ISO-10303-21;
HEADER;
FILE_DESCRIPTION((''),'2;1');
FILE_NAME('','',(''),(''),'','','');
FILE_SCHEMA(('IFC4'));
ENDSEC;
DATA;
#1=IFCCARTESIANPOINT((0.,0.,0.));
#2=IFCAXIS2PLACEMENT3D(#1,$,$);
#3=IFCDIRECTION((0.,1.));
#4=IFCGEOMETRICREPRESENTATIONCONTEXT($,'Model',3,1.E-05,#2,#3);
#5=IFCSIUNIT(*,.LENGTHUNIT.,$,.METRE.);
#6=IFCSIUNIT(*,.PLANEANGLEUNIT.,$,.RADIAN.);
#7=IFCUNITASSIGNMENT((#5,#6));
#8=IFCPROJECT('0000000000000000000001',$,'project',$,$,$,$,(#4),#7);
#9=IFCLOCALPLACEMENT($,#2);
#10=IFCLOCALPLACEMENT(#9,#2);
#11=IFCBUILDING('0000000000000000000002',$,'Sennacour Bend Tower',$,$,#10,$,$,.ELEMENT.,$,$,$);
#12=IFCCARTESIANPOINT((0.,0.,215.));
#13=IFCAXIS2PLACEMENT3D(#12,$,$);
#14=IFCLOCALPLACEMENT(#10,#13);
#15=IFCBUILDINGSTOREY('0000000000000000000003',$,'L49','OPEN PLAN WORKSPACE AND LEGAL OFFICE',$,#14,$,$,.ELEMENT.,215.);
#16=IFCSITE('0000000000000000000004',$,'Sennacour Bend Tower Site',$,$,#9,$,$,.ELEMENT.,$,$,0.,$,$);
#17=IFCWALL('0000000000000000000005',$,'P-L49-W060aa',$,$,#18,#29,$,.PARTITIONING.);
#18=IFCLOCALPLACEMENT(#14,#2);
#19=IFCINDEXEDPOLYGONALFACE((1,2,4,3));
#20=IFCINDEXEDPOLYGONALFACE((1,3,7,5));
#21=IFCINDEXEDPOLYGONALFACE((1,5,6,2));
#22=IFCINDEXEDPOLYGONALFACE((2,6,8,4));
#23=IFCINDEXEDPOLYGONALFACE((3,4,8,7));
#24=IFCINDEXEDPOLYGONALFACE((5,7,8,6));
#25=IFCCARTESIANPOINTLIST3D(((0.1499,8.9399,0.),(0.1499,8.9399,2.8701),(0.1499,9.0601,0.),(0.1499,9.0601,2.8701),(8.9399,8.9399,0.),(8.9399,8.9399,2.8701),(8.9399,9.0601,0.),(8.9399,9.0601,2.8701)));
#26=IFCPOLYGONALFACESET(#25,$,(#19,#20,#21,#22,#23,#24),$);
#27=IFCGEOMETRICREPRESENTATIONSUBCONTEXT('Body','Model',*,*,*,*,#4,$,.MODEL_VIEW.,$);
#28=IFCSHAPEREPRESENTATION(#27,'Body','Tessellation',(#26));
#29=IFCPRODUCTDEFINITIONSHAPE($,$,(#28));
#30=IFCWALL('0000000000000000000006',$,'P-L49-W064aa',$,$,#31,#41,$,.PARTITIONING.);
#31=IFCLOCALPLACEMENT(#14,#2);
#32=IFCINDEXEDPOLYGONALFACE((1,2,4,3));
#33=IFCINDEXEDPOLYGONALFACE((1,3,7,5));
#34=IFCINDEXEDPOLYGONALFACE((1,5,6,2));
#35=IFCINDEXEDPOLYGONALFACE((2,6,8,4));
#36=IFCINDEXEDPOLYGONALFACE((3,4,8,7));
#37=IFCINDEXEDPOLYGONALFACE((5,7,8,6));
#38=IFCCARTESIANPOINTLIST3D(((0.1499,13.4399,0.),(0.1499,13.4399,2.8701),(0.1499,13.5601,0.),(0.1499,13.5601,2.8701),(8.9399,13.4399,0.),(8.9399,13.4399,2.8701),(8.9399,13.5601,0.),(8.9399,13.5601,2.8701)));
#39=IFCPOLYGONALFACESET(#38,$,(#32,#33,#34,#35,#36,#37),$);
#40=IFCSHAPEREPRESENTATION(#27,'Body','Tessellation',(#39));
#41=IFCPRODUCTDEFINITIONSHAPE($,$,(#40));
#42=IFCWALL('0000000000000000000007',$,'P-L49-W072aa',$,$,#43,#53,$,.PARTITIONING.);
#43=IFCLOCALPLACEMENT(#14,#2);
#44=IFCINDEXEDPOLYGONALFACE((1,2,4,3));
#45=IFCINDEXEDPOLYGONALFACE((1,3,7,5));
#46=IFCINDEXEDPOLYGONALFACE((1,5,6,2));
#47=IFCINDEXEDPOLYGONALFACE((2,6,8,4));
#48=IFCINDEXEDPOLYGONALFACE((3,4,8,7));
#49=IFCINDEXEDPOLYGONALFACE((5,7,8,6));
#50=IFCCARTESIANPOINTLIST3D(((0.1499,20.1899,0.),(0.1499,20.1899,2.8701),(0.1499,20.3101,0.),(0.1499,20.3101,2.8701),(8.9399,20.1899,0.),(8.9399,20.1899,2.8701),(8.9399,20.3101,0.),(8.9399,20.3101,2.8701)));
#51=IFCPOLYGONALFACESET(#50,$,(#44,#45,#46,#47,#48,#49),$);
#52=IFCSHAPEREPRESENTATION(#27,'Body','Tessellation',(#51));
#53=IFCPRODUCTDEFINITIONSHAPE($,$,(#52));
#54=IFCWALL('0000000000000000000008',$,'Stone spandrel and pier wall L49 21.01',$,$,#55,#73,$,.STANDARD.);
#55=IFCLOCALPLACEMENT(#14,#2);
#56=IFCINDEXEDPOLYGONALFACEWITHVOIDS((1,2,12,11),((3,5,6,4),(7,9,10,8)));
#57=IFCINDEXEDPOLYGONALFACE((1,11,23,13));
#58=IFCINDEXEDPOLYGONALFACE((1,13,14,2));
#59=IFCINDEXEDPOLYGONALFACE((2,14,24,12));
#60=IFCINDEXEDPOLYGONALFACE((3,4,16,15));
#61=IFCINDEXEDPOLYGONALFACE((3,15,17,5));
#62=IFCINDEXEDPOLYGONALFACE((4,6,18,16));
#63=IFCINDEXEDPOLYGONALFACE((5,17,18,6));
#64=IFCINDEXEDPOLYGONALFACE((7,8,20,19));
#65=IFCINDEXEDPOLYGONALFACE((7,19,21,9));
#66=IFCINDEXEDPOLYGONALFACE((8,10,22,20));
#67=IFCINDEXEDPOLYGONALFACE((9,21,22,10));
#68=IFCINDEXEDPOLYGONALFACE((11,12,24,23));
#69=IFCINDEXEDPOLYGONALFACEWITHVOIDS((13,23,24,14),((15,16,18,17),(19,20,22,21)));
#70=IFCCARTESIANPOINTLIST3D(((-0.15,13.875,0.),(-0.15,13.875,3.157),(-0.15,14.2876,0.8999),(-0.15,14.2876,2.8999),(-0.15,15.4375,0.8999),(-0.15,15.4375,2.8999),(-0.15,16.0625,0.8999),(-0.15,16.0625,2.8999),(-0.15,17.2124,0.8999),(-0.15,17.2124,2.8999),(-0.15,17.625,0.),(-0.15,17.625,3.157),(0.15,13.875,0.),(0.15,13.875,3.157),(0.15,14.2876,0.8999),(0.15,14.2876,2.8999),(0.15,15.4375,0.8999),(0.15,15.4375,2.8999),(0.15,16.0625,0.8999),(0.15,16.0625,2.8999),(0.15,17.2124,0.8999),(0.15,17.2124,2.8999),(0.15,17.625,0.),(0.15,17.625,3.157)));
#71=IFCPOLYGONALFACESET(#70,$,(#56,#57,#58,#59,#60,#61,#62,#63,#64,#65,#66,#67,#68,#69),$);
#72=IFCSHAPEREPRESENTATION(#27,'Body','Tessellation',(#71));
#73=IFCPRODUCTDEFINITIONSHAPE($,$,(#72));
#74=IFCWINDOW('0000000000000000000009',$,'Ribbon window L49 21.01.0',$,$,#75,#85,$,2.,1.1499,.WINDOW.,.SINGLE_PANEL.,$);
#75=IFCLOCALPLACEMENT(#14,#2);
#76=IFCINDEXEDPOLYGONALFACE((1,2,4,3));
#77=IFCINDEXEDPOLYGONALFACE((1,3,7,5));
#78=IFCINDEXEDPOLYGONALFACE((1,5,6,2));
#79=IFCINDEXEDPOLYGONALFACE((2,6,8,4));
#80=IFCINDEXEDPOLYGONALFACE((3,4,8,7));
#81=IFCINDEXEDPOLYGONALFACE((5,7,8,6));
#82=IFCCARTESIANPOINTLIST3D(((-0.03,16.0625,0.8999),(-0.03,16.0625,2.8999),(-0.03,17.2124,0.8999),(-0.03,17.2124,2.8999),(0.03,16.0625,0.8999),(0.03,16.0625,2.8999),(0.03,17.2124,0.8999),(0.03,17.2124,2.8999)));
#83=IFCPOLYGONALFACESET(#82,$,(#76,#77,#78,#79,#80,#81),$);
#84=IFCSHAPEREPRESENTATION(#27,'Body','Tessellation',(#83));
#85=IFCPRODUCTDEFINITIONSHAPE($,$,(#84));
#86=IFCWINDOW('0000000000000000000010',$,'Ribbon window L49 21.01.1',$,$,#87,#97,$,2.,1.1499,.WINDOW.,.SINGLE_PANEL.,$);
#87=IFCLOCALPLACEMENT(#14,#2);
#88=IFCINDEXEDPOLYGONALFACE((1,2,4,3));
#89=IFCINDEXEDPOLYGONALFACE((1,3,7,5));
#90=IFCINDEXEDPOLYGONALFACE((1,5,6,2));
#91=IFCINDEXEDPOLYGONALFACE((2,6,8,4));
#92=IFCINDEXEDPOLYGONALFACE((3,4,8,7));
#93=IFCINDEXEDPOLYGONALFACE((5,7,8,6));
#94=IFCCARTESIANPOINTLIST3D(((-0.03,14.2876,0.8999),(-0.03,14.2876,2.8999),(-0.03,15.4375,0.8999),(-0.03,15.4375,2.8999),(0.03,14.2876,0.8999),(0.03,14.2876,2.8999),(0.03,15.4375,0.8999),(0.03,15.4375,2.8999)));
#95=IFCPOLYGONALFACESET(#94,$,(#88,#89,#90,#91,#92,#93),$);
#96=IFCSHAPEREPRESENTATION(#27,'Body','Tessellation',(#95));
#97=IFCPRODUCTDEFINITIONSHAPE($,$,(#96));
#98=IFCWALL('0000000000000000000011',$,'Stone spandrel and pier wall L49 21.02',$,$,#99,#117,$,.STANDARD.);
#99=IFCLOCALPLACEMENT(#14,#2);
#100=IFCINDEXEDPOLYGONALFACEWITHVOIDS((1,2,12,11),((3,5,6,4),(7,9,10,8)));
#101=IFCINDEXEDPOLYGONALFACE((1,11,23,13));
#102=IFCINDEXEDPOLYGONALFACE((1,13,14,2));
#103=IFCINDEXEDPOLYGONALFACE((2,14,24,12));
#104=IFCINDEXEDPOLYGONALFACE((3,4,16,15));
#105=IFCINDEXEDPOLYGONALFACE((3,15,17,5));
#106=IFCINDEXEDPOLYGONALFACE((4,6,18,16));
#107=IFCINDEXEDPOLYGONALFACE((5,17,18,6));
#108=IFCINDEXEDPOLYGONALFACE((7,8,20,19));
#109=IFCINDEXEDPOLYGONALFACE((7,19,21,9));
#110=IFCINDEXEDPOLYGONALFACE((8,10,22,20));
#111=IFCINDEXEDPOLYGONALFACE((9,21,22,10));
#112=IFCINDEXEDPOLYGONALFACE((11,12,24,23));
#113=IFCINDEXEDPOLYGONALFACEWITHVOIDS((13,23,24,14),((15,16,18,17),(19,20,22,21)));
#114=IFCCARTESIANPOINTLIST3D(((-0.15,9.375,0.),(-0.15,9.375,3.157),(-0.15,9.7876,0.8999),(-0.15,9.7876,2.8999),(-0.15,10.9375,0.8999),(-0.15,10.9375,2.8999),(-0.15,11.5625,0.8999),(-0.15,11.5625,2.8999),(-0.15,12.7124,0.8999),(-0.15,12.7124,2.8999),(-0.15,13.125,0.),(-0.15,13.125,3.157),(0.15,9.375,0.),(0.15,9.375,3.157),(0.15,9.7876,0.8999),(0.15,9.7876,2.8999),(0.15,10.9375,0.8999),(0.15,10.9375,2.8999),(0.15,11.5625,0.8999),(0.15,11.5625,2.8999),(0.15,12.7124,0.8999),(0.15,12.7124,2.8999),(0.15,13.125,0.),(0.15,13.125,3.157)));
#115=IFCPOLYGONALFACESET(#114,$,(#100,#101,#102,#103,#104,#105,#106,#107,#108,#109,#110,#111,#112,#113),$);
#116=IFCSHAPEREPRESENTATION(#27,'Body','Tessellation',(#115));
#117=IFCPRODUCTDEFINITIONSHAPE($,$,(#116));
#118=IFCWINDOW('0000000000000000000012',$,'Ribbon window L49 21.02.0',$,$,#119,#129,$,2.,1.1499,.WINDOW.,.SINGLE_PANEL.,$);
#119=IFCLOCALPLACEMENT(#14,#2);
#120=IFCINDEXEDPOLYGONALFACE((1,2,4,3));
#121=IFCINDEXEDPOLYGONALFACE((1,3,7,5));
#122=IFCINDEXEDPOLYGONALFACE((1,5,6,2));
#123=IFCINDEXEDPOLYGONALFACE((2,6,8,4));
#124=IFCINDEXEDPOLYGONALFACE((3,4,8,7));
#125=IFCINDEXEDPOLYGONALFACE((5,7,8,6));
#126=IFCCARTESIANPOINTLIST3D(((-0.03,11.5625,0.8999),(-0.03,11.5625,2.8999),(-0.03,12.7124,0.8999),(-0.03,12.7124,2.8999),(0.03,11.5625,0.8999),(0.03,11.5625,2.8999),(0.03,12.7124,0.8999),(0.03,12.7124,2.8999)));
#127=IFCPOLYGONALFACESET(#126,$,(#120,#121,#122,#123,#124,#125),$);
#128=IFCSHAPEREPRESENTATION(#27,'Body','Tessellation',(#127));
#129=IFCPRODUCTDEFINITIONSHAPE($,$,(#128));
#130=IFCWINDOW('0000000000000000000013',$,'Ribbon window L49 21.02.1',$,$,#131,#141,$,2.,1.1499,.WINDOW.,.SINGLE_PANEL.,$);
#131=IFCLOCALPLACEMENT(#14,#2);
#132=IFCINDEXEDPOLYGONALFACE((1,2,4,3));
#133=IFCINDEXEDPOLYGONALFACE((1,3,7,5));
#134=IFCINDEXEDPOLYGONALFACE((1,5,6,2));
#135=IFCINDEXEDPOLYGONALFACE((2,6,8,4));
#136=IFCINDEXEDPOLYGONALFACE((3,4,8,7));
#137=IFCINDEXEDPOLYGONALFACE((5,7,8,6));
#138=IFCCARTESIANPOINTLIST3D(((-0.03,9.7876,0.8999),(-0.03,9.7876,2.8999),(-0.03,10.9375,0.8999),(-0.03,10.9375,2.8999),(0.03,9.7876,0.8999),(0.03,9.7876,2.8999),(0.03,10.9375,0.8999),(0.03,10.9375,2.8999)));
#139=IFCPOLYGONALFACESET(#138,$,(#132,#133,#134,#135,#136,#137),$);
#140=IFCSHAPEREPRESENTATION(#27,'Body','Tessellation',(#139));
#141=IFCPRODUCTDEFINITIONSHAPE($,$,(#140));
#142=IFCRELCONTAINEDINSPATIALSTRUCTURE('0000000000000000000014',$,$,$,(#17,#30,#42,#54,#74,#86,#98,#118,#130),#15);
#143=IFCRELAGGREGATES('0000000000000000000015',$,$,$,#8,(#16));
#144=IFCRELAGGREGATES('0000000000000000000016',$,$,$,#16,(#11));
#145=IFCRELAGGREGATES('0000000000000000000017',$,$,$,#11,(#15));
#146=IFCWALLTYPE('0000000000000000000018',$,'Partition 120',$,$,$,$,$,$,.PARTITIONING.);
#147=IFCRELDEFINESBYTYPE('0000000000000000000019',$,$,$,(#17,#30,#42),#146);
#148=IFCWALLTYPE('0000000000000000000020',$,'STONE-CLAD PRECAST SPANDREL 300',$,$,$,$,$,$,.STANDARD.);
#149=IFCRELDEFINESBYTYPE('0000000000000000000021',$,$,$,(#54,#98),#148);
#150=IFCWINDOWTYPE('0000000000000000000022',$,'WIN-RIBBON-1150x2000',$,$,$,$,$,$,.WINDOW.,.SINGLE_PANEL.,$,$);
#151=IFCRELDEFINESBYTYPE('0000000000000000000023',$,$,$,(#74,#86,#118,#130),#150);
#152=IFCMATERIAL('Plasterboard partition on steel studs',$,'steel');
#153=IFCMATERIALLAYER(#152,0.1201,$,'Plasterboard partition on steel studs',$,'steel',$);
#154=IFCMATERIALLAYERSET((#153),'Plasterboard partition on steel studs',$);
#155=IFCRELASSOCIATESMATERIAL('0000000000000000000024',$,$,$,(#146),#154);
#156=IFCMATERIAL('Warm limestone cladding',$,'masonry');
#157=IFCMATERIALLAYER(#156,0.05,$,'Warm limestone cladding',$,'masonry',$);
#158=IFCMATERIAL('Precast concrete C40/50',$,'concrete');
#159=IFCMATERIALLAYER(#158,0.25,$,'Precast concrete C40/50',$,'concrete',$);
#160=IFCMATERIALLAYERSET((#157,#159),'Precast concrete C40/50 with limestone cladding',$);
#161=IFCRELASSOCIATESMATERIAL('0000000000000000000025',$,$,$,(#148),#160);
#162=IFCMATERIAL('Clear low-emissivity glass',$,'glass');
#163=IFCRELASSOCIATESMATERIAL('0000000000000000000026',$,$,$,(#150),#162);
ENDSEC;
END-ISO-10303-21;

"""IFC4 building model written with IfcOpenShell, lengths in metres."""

from ifc_helpers import new_model, si_unit, direction, frame, frame_2d, origin, place, context, subcontext, project, spatial, rectangle, extrude, material, layer, layer_set, type_object, element, fill, save


model = new_model("IFC4")

# Units and contexts
model_context = context("Model", 3, precision=1e-05, world=origin(), true_north=direction((0.0, 1.0)))
body_context = subcontext(model_context, "Body", "Model", "MODEL_VIEW")
ifc_project = project(units=[si_unit("LENGTHUNIT", "METRE"), si_unit("PLANEANGLEUNIT", "RADIAN")], contexts=[model_context])

# Site, building, storey
site_placement = place(None, origin())
site = spatial("IfcSite", under=ifc_project, at=site_placement, Name="Sennacour Bend Tower Site", CompositionType="ELEMENT", RefElevation=0.0)
building_placement = place(site_placement, origin())
building = spatial("IfcBuilding", under=site, at=building_placement, Name="Sennacour Bend Tower", CompositionType="ELEMENT")
storey_placement = place(building_placement, frame((0.0, 0.0, 215.0)))
storey = spatial("IfcBuildingStorey", under=building, at=storey_placement, Name="L49", Description="OPEN PLAN WORKSPACE AND LEGAL OFFICE", CompositionType="ELEMENT", Elevation=215.0)

# Walls
ifc_material_1 = material(Name="Plasterboard partition on steel studs", Category="steel")
ifc_layer_1 = layer(ifc_material_1, 0.1201, Name="Plasterboard partition on steel studs", Category="steel")
ifc_layer_set_1 = layer_set([ifc_layer_1], Name="Plasterboard partition on steel studs")
wall_type_1 = type_object("IfcWallType", Name="Partition 120", PredefinedType="PARTITIONING", material=ifc_layer_set_1)
for number, where, z_axis, x_axis, name in (
    (1, (0.1499, 9.0, 0.0), (0.0, 0.0, 1.0), (1.0, 0.0, 0.0), "P-L49-W060aa"),
    (2, (0.1499, 13.5, 0.0), (0.0, 0.0, 1.0), (1.0, 0.0, 0.0), "P-L49-W064aa"),
    (3, (0.1499, 20.25, 0.0), (0.0, 0.0, 1.0), (1.0, 0.0, 0.0), "P-L49-W072aa"),
):
    element("IfcWall", number, at=place(storey_placement, frame(where, z_axis=z_axis, x_axis=x_axis)), inside=storey, type_object=wall_type_1, Name=name, PredefinedType="PARTITIONING", context=body_context, shape_type="SweptSolid", body=[
        extrude(rectangle(XDim=8.79, YDim=0.1201, at=frame_2d((4.395, 0.0))), origin(), (0.0, 0.0, 1.0), 2.8701),
    ])

# Walls, openings, windows
ifc_material_2 = material(Name="Warm limestone cladding", Category="masonry")
ifc_layer_2 = layer(ifc_material_2, 0.05, Name="Warm limestone cladding", Category="masonry")
ifc_material_3 = material(Name="Precast concrete C40/50", Category="concrete")
ifc_layer_3 = layer(ifc_material_3, 0.25, Name="Precast concrete C40/50", Category="concrete")
ifc_layer_set_2 = layer_set([ifc_layer_2, ifc_layer_3], Name="Precast concrete C40/50 with limestone cladding")
wall_type_2 = type_object("IfcWallType", Name="STONE-CLAD PRECAST SPANDREL 300", PredefinedType="STANDARD", material=ifc_layer_set_2)
wall_1_placement = place(storey_placement, frame((0.0, 17.625, 0.0), z_axis=(0.0, 0.0, 1.0), x_axis=(0.0, -1.0, 0.0)))
wall_1 = element("IfcWall", 4, at=wall_1_placement, inside=storey, type_object=wall_type_2, Name="Stone spandrel and pier wall L49 21.01", PredefinedType="STANDARD", context=body_context, shape_type="SweptSolid", body=[
    extrude(rectangle(XDim=3.75, YDim=0.3, at=frame_2d((1.875, 0.0))), origin(), (0.0, 0.0, 1.0), 3.157),
])
opening_1_placement = place(wall_1_placement, frame((0.4126, 0.0, 0.8999)))
opening_1 = element("IfcOpeningElement", 5, at=opening_1_placement, cuts=wall_1, PredefinedType="OPENING", context=body_context, shape_type="SweptSolid", body=[
    extrude(rectangle(XDim=1.1499, YDim=2.0, at=frame_2d((0.575, 1.0))), frame((0.0, 0.1602, 0.0), z_axis=(0.0, -1.0, 0.0), x_axis=(1.0, 0.0, 0.0)), (0.0, 0.0, 1.0), 0.3201),
])
opening_2_placement = place(wall_1_placement, frame((2.1875, 0.0, 0.8999)))
opening_2 = element("IfcOpeningElement", 6, at=opening_2_placement, cuts=wall_1, PredefinedType="OPENING", context=body_context, shape_type="SweptSolid", body=[
    extrude(rectangle(XDim=1.1499, YDim=2.0, at=frame_2d((0.575, 1.0))), frame((0.0, 0.1602, 0.0), z_axis=(0.0, -1.0, 0.0), x_axis=(1.0, 0.0, 0.0)), (0.0, 0.0, 1.0), 0.3201),
])
ifc_material_4 = material(Name="Clear low-emissivity glass", Category="glass")
window_type = type_object("IfcWindowType", Name="WIN-RIBBON-1150x2000", PartitioningType="SINGLE_PANEL", PredefinedType="WINDOW", material=ifc_material_4)
window_1_placement = place(opening_1_placement, origin())
window_1 = element("IfcWindow", 7, at=window_1_placement, inside=storey, type_object=window_type, Name="Ribbon window L49 21.01.0", OverallHeight=2.0, OverallWidth=1.1499, PartitioningType="SINGLE_PANEL", PredefinedType="WINDOW", context=body_context, shape_type="SweptSolid", body=[
    extrude(rectangle(XDim=1.1499, YDim=2.0, at=frame_2d((0.575, 1.0))), frame((0.0, 0.03, 0.0), z_axis=(0.0, -1.0, 0.0), x_axis=(1.0, 0.0, 0.0)), (0.0, 0.0, 1.0), 0.0601),
])
fill(opening_1, window_1)
window_2_placement = place(opening_2_placement, origin())
window_2 = element("IfcWindow", 8, at=window_2_placement, inside=storey, type_object=window_type, Name="Ribbon window L49 21.01.1", OverallHeight=2.0, OverallWidth=1.1499, PartitioningType="SINGLE_PANEL", PredefinedType="WINDOW", context=body_context, shape_type="SweptSolid", body=[
    extrude(rectangle(XDim=1.1499, YDim=2.0, at=frame_2d((0.575, 1.0))), frame((0.0, 0.03, 0.0), z_axis=(0.0, -1.0, 0.0), x_axis=(1.0, 0.0, 0.0)), (0.0, 0.0, 1.0), 0.0601),
])
fill(opening_2, window_2)
wall_2_placement = place(storey_placement, frame((0.0, 13.125, 0.0), z_axis=(0.0, 0.0, 1.0), x_axis=(0.0, -1.0, 0.0)))
wall_2 = element("IfcWall", 9, at=wall_2_placement, inside=storey, type_object=wall_type_2, Name="Stone spandrel and pier wall L49 21.02", PredefinedType="STANDARD", context=body_context, shape_type="SweptSolid", body=[
    extrude(rectangle(XDim=3.75, YDim=0.3, at=frame_2d((1.875, 0.0))), origin(), (0.0, 0.0, 1.0), 3.157),
])
opening_3_placement = place(wall_2_placement, frame((0.4126, 0.0, 0.8999)))
opening_3 = element("IfcOpeningElement", 10, at=opening_3_placement, cuts=wall_2, PredefinedType="OPENING", context=body_context, shape_type="SweptSolid", body=[
    extrude(rectangle(XDim=1.1499, YDim=2.0, at=frame_2d((0.575, 1.0))), frame((0.0, 0.1602, 0.0), z_axis=(0.0, -1.0, 0.0), x_axis=(1.0, 0.0, 0.0)), (0.0, 0.0, 1.0), 0.3201),
])
opening_4_placement = place(wall_2_placement, frame((2.1875, 0.0, 0.8999)))
opening_4 = element("IfcOpeningElement", 11, at=opening_4_placement, cuts=wall_2, PredefinedType="OPENING", context=body_context, shape_type="SweptSolid", body=[
    extrude(rectangle(XDim=1.1499, YDim=2.0, at=frame_2d((0.575, 1.0))), frame((0.0, 0.1602, 0.0), z_axis=(0.0, -1.0, 0.0), x_axis=(1.0, 0.0, 0.0)), (0.0, 0.0, 1.0), 0.3201),
])
window_3_placement = place(opening_3_placement, origin())
window_3 = element("IfcWindow", 12, at=window_3_placement, inside=storey, type_object=window_type, Name="Ribbon window L49 21.02.0", OverallHeight=2.0, OverallWidth=1.1499, PartitioningType="SINGLE_PANEL", PredefinedType="WINDOW", context=body_context, shape_type="SweptSolid", body=[
    extrude(rectangle(XDim=1.1499, YDim=2.0, at=frame_2d((0.575, 1.0))), frame((0.0, 0.03, 0.0), z_axis=(0.0, -1.0, 0.0), x_axis=(1.0, 0.0, 0.0)), (0.0, 0.0, 1.0), 0.0601),
])
fill(opening_3, window_3)
window_4_placement = place(opening_4_placement, origin())
window_4 = element("IfcWindow", 13, at=window_4_placement, inside=storey, type_object=window_type, Name="Ribbon window L49 21.02.1", OverallHeight=2.0, OverallWidth=1.1499, PartitioningType="SINGLE_PANEL", PredefinedType="WINDOW", context=body_context, shape_type="SweptSolid", body=[
    extrude(rectangle(XDim=1.1499, YDim=2.0, at=frame_2d((0.575, 1.0))), frame((0.0, 0.03, 0.0), z_axis=(0.0, -1.0, 0.0), x_axis=(1.0, 0.0, 0.0)), (0.0, 0.0, 1.0), 0.0601),
])
fill(opening_4, window_4)

save(model, "model.ifc")
